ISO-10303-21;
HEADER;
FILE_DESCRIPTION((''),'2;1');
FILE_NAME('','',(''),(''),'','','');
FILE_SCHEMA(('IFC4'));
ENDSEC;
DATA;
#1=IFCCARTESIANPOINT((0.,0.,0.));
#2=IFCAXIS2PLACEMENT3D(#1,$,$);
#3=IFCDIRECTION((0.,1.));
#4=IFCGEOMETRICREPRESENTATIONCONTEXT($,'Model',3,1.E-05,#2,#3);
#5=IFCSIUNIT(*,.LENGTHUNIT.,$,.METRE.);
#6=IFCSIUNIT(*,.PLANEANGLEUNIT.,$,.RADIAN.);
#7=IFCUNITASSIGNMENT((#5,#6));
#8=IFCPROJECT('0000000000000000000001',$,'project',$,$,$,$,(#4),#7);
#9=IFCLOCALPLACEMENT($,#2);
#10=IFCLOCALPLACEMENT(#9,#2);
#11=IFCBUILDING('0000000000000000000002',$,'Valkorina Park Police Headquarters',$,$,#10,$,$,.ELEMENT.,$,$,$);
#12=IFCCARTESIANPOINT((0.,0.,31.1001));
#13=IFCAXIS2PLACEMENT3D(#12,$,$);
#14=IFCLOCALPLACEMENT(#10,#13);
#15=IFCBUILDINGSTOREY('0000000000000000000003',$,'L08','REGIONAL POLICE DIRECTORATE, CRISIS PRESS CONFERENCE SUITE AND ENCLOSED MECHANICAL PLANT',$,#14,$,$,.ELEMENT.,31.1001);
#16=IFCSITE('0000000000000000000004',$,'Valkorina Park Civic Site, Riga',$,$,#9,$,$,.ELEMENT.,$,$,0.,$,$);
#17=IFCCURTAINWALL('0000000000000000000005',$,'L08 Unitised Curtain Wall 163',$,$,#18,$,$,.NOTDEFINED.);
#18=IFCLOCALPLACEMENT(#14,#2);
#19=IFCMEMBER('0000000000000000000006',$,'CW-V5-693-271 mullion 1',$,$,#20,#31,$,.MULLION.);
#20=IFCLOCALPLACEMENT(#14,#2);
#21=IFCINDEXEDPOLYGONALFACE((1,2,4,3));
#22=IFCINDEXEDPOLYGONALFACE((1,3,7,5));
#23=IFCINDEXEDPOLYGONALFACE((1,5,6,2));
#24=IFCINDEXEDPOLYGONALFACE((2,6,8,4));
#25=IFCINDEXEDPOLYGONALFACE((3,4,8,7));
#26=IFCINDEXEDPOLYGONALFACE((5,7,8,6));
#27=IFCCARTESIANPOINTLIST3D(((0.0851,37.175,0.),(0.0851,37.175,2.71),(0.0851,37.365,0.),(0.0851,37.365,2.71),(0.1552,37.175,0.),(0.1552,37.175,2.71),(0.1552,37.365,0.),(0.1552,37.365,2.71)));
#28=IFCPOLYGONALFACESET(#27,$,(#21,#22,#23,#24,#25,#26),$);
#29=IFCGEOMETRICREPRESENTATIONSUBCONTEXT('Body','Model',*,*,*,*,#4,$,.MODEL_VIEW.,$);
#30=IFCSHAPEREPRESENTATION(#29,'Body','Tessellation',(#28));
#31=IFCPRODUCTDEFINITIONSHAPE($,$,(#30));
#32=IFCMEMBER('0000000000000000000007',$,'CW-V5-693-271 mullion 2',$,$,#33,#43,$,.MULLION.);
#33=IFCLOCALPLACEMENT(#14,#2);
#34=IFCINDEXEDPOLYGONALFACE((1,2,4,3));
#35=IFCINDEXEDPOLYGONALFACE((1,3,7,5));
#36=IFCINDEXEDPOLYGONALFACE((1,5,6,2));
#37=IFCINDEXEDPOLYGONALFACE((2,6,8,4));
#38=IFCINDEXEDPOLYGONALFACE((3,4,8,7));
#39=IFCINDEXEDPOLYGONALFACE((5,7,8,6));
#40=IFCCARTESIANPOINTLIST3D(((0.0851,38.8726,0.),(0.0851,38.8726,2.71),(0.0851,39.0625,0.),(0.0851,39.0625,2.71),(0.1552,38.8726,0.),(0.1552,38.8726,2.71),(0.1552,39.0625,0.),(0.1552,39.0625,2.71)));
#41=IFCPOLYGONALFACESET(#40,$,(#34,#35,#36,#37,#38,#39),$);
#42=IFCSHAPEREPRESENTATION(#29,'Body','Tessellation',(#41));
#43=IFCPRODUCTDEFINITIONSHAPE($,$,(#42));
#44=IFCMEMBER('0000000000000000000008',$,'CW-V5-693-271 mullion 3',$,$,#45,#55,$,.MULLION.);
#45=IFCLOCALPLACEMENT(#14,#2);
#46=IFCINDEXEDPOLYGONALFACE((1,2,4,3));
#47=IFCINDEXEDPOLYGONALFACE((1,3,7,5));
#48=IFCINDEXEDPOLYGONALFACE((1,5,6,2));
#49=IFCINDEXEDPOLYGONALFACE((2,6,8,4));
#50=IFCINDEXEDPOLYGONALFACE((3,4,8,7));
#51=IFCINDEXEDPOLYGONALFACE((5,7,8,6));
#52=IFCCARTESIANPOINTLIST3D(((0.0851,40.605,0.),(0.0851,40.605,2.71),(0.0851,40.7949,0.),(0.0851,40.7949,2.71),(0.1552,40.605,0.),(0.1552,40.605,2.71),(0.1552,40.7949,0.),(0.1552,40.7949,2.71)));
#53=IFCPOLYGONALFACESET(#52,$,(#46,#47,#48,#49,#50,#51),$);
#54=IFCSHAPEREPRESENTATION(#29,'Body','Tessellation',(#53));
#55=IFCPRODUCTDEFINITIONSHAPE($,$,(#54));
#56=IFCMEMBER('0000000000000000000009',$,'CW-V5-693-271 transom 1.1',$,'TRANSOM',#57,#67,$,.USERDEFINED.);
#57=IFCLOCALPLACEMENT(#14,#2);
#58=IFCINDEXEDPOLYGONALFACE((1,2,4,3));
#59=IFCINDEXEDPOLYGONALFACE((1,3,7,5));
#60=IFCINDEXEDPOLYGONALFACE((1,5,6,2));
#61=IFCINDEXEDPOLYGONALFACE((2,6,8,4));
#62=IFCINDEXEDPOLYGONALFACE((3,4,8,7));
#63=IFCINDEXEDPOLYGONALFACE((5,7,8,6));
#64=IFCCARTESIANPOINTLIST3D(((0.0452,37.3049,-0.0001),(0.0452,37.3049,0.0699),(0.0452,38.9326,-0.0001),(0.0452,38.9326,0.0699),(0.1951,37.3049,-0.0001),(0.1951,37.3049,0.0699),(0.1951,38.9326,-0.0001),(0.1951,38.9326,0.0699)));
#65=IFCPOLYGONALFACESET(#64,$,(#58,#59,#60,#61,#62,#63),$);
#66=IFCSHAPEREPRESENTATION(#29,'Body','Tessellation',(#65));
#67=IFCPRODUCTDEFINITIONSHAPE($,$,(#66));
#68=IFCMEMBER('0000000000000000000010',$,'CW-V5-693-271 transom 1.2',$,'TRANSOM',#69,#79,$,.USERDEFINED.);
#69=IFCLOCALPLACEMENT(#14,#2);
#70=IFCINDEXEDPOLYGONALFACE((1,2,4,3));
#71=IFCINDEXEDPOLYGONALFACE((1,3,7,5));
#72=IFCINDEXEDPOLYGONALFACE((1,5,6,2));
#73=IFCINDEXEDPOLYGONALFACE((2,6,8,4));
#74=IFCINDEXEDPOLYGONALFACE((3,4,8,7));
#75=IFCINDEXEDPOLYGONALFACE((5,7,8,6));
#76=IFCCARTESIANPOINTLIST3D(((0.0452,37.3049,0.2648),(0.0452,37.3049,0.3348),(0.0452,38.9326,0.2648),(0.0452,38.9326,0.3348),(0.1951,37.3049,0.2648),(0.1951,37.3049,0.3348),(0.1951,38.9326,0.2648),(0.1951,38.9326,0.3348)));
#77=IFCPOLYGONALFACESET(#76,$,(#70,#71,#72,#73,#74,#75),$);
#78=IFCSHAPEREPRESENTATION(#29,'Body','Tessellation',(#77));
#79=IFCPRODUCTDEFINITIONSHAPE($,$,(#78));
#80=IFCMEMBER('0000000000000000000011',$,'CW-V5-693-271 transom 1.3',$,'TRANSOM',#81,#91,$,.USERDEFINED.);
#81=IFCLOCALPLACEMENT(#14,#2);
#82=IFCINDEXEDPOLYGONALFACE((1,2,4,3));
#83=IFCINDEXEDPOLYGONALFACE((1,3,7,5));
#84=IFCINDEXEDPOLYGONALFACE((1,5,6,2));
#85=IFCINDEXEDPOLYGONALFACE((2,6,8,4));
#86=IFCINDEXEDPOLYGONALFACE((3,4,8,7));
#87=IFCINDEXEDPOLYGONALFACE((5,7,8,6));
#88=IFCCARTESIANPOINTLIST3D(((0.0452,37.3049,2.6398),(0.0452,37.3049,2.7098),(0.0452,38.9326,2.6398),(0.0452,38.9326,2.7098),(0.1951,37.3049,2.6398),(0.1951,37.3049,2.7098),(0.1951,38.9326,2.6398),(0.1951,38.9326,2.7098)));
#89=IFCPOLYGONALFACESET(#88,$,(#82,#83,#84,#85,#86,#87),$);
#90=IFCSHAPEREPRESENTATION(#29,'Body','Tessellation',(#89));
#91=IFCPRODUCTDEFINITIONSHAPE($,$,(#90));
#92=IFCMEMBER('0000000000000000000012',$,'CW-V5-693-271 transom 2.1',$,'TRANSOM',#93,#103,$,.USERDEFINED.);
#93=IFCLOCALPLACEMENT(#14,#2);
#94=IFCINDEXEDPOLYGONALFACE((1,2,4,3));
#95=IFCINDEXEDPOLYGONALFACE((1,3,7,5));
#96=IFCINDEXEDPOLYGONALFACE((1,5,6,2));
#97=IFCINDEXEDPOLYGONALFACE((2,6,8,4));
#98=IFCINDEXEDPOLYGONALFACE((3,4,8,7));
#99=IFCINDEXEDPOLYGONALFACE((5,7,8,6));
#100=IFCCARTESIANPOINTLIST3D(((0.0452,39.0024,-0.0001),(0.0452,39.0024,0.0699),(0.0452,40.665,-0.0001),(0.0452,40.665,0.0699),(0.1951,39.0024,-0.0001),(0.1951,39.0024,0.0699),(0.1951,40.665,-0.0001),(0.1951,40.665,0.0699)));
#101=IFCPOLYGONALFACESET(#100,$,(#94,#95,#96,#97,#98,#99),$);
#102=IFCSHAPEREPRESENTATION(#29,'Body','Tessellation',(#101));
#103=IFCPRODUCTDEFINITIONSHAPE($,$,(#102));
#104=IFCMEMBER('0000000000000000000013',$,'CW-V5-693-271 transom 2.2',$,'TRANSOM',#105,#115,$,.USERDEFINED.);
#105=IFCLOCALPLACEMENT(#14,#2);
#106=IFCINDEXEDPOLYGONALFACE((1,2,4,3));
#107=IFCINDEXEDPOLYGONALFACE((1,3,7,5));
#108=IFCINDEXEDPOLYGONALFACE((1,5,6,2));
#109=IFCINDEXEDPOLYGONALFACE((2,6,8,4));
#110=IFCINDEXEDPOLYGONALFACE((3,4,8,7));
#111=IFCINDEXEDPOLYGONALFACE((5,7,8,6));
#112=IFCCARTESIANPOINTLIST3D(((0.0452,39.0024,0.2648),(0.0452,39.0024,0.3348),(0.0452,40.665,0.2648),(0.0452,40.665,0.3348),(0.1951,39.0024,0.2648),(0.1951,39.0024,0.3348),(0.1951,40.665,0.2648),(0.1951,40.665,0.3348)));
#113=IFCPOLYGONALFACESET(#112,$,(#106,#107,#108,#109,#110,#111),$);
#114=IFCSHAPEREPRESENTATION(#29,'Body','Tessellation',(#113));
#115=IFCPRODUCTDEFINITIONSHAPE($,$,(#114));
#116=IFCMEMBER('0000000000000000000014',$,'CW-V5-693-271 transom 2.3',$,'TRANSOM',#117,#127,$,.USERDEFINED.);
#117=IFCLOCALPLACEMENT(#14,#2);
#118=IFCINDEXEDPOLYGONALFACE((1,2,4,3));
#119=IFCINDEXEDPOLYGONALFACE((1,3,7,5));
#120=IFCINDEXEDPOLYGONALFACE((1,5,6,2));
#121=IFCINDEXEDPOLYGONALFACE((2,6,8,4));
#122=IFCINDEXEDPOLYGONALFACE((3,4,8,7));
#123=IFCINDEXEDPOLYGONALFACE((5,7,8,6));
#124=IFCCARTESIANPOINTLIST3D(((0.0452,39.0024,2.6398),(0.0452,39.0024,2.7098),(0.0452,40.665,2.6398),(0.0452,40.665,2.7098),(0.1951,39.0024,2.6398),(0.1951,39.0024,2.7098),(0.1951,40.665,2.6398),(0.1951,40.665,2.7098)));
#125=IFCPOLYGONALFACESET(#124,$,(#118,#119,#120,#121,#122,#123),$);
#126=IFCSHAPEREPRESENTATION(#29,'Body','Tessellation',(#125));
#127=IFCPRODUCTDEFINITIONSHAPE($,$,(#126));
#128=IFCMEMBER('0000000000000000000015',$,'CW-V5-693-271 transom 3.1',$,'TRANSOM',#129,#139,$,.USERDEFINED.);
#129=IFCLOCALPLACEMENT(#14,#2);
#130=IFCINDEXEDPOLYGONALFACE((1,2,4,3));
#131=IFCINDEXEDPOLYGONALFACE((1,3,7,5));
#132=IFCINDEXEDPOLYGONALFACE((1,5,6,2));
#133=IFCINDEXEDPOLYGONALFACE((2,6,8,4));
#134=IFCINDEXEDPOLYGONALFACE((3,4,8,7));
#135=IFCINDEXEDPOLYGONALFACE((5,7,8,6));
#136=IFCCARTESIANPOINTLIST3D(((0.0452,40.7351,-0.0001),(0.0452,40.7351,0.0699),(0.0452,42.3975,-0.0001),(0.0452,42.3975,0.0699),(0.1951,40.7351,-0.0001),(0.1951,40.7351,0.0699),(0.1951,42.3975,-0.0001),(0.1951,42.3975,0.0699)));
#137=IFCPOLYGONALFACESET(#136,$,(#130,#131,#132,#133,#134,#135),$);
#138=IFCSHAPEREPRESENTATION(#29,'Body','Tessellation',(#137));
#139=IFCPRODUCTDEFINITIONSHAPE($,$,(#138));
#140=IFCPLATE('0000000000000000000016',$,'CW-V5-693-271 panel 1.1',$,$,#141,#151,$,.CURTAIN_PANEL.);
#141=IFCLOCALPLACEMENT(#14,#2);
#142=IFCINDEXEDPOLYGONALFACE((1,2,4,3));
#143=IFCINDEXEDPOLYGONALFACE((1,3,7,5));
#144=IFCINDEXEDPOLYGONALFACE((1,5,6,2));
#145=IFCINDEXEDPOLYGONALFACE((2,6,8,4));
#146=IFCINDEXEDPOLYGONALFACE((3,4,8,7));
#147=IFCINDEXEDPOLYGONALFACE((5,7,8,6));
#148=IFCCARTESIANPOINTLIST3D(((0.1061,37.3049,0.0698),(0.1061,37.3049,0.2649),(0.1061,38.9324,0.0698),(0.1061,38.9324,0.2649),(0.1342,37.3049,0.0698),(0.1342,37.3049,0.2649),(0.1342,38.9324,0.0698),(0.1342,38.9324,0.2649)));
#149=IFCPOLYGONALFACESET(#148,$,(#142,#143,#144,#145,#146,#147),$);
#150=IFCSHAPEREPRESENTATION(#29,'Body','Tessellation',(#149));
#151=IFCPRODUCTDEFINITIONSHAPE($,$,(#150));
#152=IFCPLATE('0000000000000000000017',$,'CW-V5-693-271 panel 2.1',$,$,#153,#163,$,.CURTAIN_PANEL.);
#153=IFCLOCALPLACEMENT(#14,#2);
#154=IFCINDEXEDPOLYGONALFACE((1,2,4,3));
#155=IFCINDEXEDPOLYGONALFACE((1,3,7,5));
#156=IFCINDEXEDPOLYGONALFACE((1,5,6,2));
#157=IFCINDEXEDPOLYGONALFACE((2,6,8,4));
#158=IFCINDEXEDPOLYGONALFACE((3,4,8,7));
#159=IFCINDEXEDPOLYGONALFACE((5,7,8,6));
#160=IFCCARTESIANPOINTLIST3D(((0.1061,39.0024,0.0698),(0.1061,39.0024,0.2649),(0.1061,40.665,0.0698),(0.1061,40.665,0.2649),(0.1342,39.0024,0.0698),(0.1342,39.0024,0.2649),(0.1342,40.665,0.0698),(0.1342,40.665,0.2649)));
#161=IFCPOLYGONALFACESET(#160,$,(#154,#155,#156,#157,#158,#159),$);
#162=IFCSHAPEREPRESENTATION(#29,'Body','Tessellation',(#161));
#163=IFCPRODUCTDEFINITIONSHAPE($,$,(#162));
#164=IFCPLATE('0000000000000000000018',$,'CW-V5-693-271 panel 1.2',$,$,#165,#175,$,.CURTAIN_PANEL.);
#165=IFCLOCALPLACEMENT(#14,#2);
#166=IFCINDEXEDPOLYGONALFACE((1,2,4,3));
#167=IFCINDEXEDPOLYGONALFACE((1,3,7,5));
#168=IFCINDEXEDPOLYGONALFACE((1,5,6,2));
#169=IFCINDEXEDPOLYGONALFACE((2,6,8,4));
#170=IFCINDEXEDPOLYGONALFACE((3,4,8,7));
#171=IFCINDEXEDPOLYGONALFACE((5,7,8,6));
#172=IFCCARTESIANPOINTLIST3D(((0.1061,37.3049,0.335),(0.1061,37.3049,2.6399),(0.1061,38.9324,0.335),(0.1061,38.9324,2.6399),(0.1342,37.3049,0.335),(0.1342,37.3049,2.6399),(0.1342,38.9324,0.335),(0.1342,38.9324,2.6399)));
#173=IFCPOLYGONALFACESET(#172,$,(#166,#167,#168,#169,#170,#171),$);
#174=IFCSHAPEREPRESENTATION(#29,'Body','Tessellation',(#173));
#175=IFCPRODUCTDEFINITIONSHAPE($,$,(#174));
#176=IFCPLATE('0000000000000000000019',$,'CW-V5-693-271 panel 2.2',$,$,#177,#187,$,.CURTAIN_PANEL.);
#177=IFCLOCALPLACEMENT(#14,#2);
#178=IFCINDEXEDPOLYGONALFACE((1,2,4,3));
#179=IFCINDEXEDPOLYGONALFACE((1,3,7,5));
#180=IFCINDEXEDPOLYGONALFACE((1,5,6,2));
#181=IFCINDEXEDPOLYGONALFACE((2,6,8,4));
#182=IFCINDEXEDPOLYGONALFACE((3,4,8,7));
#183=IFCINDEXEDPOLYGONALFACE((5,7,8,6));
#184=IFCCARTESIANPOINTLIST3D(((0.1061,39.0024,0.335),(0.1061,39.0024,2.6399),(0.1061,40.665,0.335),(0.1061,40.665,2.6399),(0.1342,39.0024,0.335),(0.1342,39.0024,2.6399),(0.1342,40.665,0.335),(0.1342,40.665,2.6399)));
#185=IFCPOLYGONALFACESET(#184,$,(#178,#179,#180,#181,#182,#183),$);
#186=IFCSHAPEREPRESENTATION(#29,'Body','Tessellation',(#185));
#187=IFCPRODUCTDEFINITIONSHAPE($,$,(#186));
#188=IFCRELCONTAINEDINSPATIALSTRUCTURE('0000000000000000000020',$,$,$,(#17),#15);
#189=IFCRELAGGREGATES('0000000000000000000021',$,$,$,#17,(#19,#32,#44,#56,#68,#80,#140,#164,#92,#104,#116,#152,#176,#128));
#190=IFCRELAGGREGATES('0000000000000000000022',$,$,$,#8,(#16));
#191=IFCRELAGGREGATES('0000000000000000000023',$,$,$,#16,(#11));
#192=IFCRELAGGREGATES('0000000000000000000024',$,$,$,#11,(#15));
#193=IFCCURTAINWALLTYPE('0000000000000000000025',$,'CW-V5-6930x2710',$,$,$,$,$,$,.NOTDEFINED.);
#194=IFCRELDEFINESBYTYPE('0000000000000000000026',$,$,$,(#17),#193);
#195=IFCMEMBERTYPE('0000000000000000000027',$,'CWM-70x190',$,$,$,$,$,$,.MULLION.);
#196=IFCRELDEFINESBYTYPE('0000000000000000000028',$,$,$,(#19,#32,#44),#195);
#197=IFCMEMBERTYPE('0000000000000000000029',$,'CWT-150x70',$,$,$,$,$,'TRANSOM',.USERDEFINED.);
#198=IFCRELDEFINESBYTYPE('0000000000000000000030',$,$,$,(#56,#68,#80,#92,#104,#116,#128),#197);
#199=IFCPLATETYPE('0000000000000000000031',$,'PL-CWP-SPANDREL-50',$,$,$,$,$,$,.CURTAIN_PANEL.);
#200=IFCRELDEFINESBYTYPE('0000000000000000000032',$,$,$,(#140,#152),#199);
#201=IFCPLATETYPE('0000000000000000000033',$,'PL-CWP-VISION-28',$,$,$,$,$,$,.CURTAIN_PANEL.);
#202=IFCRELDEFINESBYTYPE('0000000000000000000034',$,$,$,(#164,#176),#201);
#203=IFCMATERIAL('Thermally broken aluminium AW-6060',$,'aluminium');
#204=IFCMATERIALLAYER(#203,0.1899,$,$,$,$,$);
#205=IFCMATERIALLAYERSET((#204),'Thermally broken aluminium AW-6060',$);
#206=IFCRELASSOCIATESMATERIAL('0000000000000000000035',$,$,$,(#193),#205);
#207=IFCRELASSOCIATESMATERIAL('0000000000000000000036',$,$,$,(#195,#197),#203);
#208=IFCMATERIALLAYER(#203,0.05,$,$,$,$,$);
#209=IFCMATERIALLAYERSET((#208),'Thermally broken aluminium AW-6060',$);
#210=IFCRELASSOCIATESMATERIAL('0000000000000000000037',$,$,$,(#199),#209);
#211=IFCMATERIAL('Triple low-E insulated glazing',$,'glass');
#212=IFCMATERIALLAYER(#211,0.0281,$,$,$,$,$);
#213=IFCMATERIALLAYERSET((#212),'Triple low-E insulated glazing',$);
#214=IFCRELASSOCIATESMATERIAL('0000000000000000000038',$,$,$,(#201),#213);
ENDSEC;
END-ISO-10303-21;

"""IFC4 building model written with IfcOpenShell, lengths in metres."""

from ifc_helpers import new_model, si_unit, direction, frame, origin, origin_2d, place, context, subcontext, project, spatial, rectangle, extrude, material, layer, layer_set, material_profile, profile_set, type_object, element, aggregate, save


model = new_model("IFC4")

# Units and contexts
model_context = context("Model", 3, precision=1e-05, world=origin(), true_north=direction((0.0, 1.0)))
body_context = subcontext(model_context, "Body", "Model", "MODEL_VIEW")
ifc_project = project(units=[si_unit("LENGTHUNIT", "METRE"), si_unit("PLANEANGLEUNIT", "RADIAN")], contexts=[model_context])

# Site, building, storey
site_placement = place(None, origin())
site = spatial("IfcSite", under=ifc_project, at=site_placement, Name="Valkorina Park Civic Site, Riga", CompositionType="ELEMENT", RefElevation=0.0)
building_placement = place(site_placement, origin())
building = spatial("IfcBuilding", under=site, at=building_placement, Name="Valkorina Park Police Headquarters", CompositionType="ELEMENT")
storey_placement = place(building_placement, frame((0.0, 0.0, 31.1001)))
storey = spatial("IfcBuildingStorey", under=building, at=storey_placement, Name="L08", Description="REGIONAL POLICE DIRECTORATE, CRISIS PRESS CONFERENCE SUITE AND ENCLOSED MECHANICAL PLANT", CompositionType="ELEMENT", Elevation=31.1001)

# Curtain wall, members, plates
ifc_material_1 = material(Name="Thermally broken aluminium AW-6060", Category="aluminium")
ifc_layer_1 = layer(ifc_material_1, 0.1899)
ifc_layer_set_1 = layer_set([ifc_layer_1], Name="Thermally broken aluminium AW-6060")
curtain_wall_type = type_object("IfcCurtainWallType", Name="CW-V5-6930x2710", PredefinedType="NOTDEFINED", material=ifc_layer_set_1)
curtain_wall_placement = place(storey_placement, origin())
curtain_wall = element("IfcCurtainWall", 1, at=curtain_wall_placement, inside=storey, type_object=curtain_wall_type, Name="L08 Unitised Curtain Wall 163", PredefinedType="NOTDEFINED")
ifc_material_profile_1 = material_profile(ifc_material_1, rectangle(XDim=0.0701, YDim=0.1899, at=origin_2d()), Name="CWM-02 70x190")
ifc_profile_set_1 = profile_set([ifc_material_profile_1], Name="Thermally broken aluminium AW-6060")
member_type_1 = type_object("IfcMemberType", Name="CWM-70x190", PredefinedType="MULLION", material=ifc_profile_set_1)
member_1_placement = place(storey_placement, frame((0.1201, 37.27, 0.0), z_axis=(0.0, 0.0, 1.0), x_axis=(-1.0, 0.0, 0.0)))
member_1 = element("IfcMember", 2, at=member_1_placement, type_object=member_type_1, Name="CW-V5-693-271 mullion 1", PredefinedType="MULLION", context=body_context, shape_type="SweptSolid", body=[
    extrude(rectangle(XDim=0.0701, YDim=0.1899, at=origin_2d()), origin(), (0.0, 0.0, 1.0), 2.71),
])
member_2_placement = place(storey_placement, frame((0.1201, 38.9675, 0.0), z_axis=(0.0, 0.0, 1.0), x_axis=(-1.0, 0.0, 0.0)))
member_2 = element("IfcMember", 3, at=member_2_placement, type_object=member_type_1, Name="CW-V5-693-271 mullion 2", PredefinedType="MULLION", context=body_context, shape_type="SweptSolid", body=[
    extrude(rectangle(XDim=0.0701, YDim=0.1899, at=origin_2d()), origin(), (0.0, 0.0, 1.0), 2.71),
])
member_3_placement = place(storey_placement, frame((0.1201, 40.7, 0.0), z_axis=(0.0, 0.0, 1.0), x_axis=(-1.0, 0.0, 0.0)))
member_3 = element("IfcMember", 4, at=member_3_placement, type_object=member_type_1, Name="CW-V5-693-271 mullion 3", PredefinedType="MULLION", context=body_context, shape_type="SweptSolid", body=[
    extrude(rectangle(XDim=0.0701, YDim=0.1899, at=origin_2d()), origin(), (0.0, 0.0, 1.0), 2.71),
])
ifc_material_profile_2 = material_profile(ifc_material_1, rectangle(XDim=0.1499, YDim=0.0701, at=origin_2d()), Name="CWT-02 150x70")
ifc_profile_set_2 = profile_set([ifc_material_profile_2], Name="Thermally broken aluminium AW-6060")
member_type_2 = type_object("IfcMemberType", Name="CWT-150x70", ElementType="TRANSOM", PredefinedType="USERDEFINED", material=ifc_profile_set_2)
member_4_placement = place(storey_placement, frame((0.1201, 37.3049, 0.0349), z_axis=(0.0, 1.0, 0.0), x_axis=(-1.0, 0.0, 0.0)))
member_4 = element("IfcMember", 5, at=member_4_placement, type_object=member_type_2, Name="CW-V5-693-271 transom 1.1", ObjectType="TRANSOM", PredefinedType="USERDEFINED", context=body_context, shape_type="SweptSolid", body=[
    extrude(rectangle(XDim=0.1499, YDim=0.0701, at=origin_2d()), origin(), (0.0, 0.0, 1.0), 1.6277),
])
member_5_placement = place(storey_placement, frame((0.1201, 37.3049, 0.2998), z_axis=(0.0, 1.0, 0.0), x_axis=(-1.0, 0.0, 0.0)))
member_5 = element("IfcMember", 6, at=member_5_placement, type_object=member_type_2, Name="CW-V5-693-271 transom 1.2", ObjectType="TRANSOM", PredefinedType="USERDEFINED", context=body_context, shape_type="SweptSolid", body=[
    extrude(rectangle(XDim=0.1499, YDim=0.0701, at=origin_2d()), origin(), (0.0, 0.0, 1.0), 1.6277),
])
member_6_placement = place(storey_placement, frame((0.1201, 37.3049, 2.6748), z_axis=(0.0, 1.0, 0.0), x_axis=(-1.0, 0.0, 0.0)))
member_6 = element("IfcMember", 7, at=member_6_placement, type_object=member_type_2, Name="CW-V5-693-271 transom 1.3", ObjectType="TRANSOM", PredefinedType="USERDEFINED", context=body_context, shape_type="SweptSolid", body=[
    extrude(rectangle(XDim=0.1499, YDim=0.0701, at=origin_2d()), origin(), (0.0, 0.0, 1.0), 1.6277),
])
member_7_placement = place(storey_placement, frame((0.1201, 39.0024, 0.0349), z_axis=(0.0, 1.0, 0.0), x_axis=(-1.0, 0.0, 0.0)))
member_7 = element("IfcMember", 8, at=member_7_placement, type_object=member_type_2, Name="CW-V5-693-271 transom 2.1", ObjectType="TRANSOM", PredefinedType="USERDEFINED", context=body_context, shape_type="SweptSolid", body=[
    extrude(rectangle(XDim=0.1499, YDim=0.0701, at=origin_2d()), origin(), (0.0, 0.0, 1.0), 1.6626),
])
member_8_placement = place(storey_placement, frame((0.1201, 39.0024, 0.2998), z_axis=(0.0, 1.0, 0.0), x_axis=(-1.0, 0.0, 0.0)))
member_8 = element("IfcMember", 9, at=member_8_placement, type_object=member_type_2, Name="CW-V5-693-271 transom 2.2", ObjectType="TRANSOM", PredefinedType="USERDEFINED", context=body_context, shape_type="SweptSolid", body=[
    extrude(rectangle(XDim=0.1499, YDim=0.0701, at=origin_2d()), origin(), (0.0, 0.0, 1.0), 1.6626),
])
member_9_placement = place(storey_placement, frame((0.1201, 39.0024, 2.6748), z_axis=(0.0, 1.0, 0.0), x_axis=(-1.0, 0.0, 0.0)))
member_9 = element("IfcMember", 10, at=member_9_placement, type_object=member_type_2, Name="CW-V5-693-271 transom 2.3", ObjectType="TRANSOM", PredefinedType="USERDEFINED", context=body_context, shape_type="SweptSolid", body=[
    extrude(rectangle(XDim=0.1499, YDim=0.0701, at=origin_2d()), origin(), (0.0, 0.0, 1.0), 1.6626),
])
member_10_placement = place(storey_placement, frame((0.1201, 40.7351, 0.0349), z_axis=(0.0, 1.0, 0.0), x_axis=(-1.0, 0.0, 0.0)))
member_10 = element("IfcMember", 11, at=member_10_placement, type_object=member_type_2, Name="CW-V5-693-271 transom 3.1", ObjectType="TRANSOM", PredefinedType="USERDEFINED", context=body_context, shape_type="SweptSolid", body=[
    extrude(rectangle(XDim=0.1499, YDim=0.0701, at=origin_2d()), origin(), (0.0, 0.0, 1.0), 1.6624),
])
ifc_layer_2 = layer(ifc_material_1, 0.05)
ifc_layer_set_2 = layer_set([ifc_layer_2], Name="Thermally broken aluminium AW-6060")
plate_type_1 = type_object("IfcPlateType", Name="PL-CWP-SPANDREL-50", PredefinedType="CURTAIN_PANEL", material=ifc_layer_set_2)
plate_1_placement = place(storey_placement, frame((0.1201, 38.1187, 0.0698), z_axis=(0.0, 0.0, 1.0), x_axis=(0.0, 1.0, 0.0)))
plate_1 = element("IfcPlate", 12, at=plate_1_placement, type_object=plate_type_1, Name="CW-V5-693-271 panel 1.1", PredefinedType="CURTAIN_PANEL", context=body_context, shape_type="SweptSolid", body=[
    extrude(rectangle(XDim=1.6274, YDim=0.0281, at=origin_2d()), origin(), (0.0, 0.0, 1.0), 0.1951),
])
plate_2_placement = place(storey_placement, frame((0.1201, 39.8337, 0.0698), z_axis=(0.0, 0.0, 1.0), x_axis=(0.0, 1.0, 0.0)))
plate_2 = element("IfcPlate", 13, at=plate_2_placement, type_object=plate_type_1, Name="CW-V5-693-271 panel 2.1", PredefinedType="CURTAIN_PANEL", context=body_context, shape_type="SweptSolid", body=[
    extrude(rectangle(XDim=1.6626, YDim=0.0281, at=origin_2d()), origin(), (0.0, 0.0, 1.0), 0.1951),
])
ifc_material_2 = material(Name="Triple low-E insulated glazing", Category="glass")
ifc_layer_3 = layer(ifc_material_2, 0.0281)
ifc_layer_set_3 = layer_set([ifc_layer_3], Name="Triple low-E insulated glazing")
plate_type_2 = type_object("IfcPlateType", Name="PL-CWP-VISION-28", PredefinedType="CURTAIN_PANEL", material=ifc_layer_set_3)
plate_3_placement = place(storey_placement, frame((0.1201, 38.1187, 0.335), z_axis=(0.0, 0.0, 1.0), x_axis=(0.0, 1.0, 0.0)))
plate_3 = element("IfcPlate", 14, at=plate_3_placement, type_object=plate_type_2, Name="CW-V5-693-271 panel 1.2", PredefinedType="CURTAIN_PANEL", context=body_context, shape_type="SweptSolid", body=[
    extrude(rectangle(XDim=1.6274, YDim=0.0281, at=origin_2d()), origin(), (0.0, 0.0, 1.0), 2.3049),
])
plate_4_placement = place(storey_placement, frame((0.1201, 39.8337, 0.335), z_axis=(0.0, 0.0, 1.0), x_axis=(0.0, 1.0, 0.0)))
plate_4 = element("IfcPlate", 15, at=plate_4_placement, type_object=plate_type_2, Name="CW-V5-693-271 panel 2.2", PredefinedType="CURTAIN_PANEL", context=body_context, shape_type="SweptSolid", body=[
    extrude(rectangle(XDim=1.6626, YDim=0.0281, at=origin_2d()), origin(), (0.0, 0.0, 1.0), 2.3049),
])
aggregate(curtain_wall, [member_1, member_2, member_3, member_4, member_5, member_6, plate_1, plate_3, member_7, member_8, member_9, plate_2, plate_4, member_10])

save(model, "model.ifc")
